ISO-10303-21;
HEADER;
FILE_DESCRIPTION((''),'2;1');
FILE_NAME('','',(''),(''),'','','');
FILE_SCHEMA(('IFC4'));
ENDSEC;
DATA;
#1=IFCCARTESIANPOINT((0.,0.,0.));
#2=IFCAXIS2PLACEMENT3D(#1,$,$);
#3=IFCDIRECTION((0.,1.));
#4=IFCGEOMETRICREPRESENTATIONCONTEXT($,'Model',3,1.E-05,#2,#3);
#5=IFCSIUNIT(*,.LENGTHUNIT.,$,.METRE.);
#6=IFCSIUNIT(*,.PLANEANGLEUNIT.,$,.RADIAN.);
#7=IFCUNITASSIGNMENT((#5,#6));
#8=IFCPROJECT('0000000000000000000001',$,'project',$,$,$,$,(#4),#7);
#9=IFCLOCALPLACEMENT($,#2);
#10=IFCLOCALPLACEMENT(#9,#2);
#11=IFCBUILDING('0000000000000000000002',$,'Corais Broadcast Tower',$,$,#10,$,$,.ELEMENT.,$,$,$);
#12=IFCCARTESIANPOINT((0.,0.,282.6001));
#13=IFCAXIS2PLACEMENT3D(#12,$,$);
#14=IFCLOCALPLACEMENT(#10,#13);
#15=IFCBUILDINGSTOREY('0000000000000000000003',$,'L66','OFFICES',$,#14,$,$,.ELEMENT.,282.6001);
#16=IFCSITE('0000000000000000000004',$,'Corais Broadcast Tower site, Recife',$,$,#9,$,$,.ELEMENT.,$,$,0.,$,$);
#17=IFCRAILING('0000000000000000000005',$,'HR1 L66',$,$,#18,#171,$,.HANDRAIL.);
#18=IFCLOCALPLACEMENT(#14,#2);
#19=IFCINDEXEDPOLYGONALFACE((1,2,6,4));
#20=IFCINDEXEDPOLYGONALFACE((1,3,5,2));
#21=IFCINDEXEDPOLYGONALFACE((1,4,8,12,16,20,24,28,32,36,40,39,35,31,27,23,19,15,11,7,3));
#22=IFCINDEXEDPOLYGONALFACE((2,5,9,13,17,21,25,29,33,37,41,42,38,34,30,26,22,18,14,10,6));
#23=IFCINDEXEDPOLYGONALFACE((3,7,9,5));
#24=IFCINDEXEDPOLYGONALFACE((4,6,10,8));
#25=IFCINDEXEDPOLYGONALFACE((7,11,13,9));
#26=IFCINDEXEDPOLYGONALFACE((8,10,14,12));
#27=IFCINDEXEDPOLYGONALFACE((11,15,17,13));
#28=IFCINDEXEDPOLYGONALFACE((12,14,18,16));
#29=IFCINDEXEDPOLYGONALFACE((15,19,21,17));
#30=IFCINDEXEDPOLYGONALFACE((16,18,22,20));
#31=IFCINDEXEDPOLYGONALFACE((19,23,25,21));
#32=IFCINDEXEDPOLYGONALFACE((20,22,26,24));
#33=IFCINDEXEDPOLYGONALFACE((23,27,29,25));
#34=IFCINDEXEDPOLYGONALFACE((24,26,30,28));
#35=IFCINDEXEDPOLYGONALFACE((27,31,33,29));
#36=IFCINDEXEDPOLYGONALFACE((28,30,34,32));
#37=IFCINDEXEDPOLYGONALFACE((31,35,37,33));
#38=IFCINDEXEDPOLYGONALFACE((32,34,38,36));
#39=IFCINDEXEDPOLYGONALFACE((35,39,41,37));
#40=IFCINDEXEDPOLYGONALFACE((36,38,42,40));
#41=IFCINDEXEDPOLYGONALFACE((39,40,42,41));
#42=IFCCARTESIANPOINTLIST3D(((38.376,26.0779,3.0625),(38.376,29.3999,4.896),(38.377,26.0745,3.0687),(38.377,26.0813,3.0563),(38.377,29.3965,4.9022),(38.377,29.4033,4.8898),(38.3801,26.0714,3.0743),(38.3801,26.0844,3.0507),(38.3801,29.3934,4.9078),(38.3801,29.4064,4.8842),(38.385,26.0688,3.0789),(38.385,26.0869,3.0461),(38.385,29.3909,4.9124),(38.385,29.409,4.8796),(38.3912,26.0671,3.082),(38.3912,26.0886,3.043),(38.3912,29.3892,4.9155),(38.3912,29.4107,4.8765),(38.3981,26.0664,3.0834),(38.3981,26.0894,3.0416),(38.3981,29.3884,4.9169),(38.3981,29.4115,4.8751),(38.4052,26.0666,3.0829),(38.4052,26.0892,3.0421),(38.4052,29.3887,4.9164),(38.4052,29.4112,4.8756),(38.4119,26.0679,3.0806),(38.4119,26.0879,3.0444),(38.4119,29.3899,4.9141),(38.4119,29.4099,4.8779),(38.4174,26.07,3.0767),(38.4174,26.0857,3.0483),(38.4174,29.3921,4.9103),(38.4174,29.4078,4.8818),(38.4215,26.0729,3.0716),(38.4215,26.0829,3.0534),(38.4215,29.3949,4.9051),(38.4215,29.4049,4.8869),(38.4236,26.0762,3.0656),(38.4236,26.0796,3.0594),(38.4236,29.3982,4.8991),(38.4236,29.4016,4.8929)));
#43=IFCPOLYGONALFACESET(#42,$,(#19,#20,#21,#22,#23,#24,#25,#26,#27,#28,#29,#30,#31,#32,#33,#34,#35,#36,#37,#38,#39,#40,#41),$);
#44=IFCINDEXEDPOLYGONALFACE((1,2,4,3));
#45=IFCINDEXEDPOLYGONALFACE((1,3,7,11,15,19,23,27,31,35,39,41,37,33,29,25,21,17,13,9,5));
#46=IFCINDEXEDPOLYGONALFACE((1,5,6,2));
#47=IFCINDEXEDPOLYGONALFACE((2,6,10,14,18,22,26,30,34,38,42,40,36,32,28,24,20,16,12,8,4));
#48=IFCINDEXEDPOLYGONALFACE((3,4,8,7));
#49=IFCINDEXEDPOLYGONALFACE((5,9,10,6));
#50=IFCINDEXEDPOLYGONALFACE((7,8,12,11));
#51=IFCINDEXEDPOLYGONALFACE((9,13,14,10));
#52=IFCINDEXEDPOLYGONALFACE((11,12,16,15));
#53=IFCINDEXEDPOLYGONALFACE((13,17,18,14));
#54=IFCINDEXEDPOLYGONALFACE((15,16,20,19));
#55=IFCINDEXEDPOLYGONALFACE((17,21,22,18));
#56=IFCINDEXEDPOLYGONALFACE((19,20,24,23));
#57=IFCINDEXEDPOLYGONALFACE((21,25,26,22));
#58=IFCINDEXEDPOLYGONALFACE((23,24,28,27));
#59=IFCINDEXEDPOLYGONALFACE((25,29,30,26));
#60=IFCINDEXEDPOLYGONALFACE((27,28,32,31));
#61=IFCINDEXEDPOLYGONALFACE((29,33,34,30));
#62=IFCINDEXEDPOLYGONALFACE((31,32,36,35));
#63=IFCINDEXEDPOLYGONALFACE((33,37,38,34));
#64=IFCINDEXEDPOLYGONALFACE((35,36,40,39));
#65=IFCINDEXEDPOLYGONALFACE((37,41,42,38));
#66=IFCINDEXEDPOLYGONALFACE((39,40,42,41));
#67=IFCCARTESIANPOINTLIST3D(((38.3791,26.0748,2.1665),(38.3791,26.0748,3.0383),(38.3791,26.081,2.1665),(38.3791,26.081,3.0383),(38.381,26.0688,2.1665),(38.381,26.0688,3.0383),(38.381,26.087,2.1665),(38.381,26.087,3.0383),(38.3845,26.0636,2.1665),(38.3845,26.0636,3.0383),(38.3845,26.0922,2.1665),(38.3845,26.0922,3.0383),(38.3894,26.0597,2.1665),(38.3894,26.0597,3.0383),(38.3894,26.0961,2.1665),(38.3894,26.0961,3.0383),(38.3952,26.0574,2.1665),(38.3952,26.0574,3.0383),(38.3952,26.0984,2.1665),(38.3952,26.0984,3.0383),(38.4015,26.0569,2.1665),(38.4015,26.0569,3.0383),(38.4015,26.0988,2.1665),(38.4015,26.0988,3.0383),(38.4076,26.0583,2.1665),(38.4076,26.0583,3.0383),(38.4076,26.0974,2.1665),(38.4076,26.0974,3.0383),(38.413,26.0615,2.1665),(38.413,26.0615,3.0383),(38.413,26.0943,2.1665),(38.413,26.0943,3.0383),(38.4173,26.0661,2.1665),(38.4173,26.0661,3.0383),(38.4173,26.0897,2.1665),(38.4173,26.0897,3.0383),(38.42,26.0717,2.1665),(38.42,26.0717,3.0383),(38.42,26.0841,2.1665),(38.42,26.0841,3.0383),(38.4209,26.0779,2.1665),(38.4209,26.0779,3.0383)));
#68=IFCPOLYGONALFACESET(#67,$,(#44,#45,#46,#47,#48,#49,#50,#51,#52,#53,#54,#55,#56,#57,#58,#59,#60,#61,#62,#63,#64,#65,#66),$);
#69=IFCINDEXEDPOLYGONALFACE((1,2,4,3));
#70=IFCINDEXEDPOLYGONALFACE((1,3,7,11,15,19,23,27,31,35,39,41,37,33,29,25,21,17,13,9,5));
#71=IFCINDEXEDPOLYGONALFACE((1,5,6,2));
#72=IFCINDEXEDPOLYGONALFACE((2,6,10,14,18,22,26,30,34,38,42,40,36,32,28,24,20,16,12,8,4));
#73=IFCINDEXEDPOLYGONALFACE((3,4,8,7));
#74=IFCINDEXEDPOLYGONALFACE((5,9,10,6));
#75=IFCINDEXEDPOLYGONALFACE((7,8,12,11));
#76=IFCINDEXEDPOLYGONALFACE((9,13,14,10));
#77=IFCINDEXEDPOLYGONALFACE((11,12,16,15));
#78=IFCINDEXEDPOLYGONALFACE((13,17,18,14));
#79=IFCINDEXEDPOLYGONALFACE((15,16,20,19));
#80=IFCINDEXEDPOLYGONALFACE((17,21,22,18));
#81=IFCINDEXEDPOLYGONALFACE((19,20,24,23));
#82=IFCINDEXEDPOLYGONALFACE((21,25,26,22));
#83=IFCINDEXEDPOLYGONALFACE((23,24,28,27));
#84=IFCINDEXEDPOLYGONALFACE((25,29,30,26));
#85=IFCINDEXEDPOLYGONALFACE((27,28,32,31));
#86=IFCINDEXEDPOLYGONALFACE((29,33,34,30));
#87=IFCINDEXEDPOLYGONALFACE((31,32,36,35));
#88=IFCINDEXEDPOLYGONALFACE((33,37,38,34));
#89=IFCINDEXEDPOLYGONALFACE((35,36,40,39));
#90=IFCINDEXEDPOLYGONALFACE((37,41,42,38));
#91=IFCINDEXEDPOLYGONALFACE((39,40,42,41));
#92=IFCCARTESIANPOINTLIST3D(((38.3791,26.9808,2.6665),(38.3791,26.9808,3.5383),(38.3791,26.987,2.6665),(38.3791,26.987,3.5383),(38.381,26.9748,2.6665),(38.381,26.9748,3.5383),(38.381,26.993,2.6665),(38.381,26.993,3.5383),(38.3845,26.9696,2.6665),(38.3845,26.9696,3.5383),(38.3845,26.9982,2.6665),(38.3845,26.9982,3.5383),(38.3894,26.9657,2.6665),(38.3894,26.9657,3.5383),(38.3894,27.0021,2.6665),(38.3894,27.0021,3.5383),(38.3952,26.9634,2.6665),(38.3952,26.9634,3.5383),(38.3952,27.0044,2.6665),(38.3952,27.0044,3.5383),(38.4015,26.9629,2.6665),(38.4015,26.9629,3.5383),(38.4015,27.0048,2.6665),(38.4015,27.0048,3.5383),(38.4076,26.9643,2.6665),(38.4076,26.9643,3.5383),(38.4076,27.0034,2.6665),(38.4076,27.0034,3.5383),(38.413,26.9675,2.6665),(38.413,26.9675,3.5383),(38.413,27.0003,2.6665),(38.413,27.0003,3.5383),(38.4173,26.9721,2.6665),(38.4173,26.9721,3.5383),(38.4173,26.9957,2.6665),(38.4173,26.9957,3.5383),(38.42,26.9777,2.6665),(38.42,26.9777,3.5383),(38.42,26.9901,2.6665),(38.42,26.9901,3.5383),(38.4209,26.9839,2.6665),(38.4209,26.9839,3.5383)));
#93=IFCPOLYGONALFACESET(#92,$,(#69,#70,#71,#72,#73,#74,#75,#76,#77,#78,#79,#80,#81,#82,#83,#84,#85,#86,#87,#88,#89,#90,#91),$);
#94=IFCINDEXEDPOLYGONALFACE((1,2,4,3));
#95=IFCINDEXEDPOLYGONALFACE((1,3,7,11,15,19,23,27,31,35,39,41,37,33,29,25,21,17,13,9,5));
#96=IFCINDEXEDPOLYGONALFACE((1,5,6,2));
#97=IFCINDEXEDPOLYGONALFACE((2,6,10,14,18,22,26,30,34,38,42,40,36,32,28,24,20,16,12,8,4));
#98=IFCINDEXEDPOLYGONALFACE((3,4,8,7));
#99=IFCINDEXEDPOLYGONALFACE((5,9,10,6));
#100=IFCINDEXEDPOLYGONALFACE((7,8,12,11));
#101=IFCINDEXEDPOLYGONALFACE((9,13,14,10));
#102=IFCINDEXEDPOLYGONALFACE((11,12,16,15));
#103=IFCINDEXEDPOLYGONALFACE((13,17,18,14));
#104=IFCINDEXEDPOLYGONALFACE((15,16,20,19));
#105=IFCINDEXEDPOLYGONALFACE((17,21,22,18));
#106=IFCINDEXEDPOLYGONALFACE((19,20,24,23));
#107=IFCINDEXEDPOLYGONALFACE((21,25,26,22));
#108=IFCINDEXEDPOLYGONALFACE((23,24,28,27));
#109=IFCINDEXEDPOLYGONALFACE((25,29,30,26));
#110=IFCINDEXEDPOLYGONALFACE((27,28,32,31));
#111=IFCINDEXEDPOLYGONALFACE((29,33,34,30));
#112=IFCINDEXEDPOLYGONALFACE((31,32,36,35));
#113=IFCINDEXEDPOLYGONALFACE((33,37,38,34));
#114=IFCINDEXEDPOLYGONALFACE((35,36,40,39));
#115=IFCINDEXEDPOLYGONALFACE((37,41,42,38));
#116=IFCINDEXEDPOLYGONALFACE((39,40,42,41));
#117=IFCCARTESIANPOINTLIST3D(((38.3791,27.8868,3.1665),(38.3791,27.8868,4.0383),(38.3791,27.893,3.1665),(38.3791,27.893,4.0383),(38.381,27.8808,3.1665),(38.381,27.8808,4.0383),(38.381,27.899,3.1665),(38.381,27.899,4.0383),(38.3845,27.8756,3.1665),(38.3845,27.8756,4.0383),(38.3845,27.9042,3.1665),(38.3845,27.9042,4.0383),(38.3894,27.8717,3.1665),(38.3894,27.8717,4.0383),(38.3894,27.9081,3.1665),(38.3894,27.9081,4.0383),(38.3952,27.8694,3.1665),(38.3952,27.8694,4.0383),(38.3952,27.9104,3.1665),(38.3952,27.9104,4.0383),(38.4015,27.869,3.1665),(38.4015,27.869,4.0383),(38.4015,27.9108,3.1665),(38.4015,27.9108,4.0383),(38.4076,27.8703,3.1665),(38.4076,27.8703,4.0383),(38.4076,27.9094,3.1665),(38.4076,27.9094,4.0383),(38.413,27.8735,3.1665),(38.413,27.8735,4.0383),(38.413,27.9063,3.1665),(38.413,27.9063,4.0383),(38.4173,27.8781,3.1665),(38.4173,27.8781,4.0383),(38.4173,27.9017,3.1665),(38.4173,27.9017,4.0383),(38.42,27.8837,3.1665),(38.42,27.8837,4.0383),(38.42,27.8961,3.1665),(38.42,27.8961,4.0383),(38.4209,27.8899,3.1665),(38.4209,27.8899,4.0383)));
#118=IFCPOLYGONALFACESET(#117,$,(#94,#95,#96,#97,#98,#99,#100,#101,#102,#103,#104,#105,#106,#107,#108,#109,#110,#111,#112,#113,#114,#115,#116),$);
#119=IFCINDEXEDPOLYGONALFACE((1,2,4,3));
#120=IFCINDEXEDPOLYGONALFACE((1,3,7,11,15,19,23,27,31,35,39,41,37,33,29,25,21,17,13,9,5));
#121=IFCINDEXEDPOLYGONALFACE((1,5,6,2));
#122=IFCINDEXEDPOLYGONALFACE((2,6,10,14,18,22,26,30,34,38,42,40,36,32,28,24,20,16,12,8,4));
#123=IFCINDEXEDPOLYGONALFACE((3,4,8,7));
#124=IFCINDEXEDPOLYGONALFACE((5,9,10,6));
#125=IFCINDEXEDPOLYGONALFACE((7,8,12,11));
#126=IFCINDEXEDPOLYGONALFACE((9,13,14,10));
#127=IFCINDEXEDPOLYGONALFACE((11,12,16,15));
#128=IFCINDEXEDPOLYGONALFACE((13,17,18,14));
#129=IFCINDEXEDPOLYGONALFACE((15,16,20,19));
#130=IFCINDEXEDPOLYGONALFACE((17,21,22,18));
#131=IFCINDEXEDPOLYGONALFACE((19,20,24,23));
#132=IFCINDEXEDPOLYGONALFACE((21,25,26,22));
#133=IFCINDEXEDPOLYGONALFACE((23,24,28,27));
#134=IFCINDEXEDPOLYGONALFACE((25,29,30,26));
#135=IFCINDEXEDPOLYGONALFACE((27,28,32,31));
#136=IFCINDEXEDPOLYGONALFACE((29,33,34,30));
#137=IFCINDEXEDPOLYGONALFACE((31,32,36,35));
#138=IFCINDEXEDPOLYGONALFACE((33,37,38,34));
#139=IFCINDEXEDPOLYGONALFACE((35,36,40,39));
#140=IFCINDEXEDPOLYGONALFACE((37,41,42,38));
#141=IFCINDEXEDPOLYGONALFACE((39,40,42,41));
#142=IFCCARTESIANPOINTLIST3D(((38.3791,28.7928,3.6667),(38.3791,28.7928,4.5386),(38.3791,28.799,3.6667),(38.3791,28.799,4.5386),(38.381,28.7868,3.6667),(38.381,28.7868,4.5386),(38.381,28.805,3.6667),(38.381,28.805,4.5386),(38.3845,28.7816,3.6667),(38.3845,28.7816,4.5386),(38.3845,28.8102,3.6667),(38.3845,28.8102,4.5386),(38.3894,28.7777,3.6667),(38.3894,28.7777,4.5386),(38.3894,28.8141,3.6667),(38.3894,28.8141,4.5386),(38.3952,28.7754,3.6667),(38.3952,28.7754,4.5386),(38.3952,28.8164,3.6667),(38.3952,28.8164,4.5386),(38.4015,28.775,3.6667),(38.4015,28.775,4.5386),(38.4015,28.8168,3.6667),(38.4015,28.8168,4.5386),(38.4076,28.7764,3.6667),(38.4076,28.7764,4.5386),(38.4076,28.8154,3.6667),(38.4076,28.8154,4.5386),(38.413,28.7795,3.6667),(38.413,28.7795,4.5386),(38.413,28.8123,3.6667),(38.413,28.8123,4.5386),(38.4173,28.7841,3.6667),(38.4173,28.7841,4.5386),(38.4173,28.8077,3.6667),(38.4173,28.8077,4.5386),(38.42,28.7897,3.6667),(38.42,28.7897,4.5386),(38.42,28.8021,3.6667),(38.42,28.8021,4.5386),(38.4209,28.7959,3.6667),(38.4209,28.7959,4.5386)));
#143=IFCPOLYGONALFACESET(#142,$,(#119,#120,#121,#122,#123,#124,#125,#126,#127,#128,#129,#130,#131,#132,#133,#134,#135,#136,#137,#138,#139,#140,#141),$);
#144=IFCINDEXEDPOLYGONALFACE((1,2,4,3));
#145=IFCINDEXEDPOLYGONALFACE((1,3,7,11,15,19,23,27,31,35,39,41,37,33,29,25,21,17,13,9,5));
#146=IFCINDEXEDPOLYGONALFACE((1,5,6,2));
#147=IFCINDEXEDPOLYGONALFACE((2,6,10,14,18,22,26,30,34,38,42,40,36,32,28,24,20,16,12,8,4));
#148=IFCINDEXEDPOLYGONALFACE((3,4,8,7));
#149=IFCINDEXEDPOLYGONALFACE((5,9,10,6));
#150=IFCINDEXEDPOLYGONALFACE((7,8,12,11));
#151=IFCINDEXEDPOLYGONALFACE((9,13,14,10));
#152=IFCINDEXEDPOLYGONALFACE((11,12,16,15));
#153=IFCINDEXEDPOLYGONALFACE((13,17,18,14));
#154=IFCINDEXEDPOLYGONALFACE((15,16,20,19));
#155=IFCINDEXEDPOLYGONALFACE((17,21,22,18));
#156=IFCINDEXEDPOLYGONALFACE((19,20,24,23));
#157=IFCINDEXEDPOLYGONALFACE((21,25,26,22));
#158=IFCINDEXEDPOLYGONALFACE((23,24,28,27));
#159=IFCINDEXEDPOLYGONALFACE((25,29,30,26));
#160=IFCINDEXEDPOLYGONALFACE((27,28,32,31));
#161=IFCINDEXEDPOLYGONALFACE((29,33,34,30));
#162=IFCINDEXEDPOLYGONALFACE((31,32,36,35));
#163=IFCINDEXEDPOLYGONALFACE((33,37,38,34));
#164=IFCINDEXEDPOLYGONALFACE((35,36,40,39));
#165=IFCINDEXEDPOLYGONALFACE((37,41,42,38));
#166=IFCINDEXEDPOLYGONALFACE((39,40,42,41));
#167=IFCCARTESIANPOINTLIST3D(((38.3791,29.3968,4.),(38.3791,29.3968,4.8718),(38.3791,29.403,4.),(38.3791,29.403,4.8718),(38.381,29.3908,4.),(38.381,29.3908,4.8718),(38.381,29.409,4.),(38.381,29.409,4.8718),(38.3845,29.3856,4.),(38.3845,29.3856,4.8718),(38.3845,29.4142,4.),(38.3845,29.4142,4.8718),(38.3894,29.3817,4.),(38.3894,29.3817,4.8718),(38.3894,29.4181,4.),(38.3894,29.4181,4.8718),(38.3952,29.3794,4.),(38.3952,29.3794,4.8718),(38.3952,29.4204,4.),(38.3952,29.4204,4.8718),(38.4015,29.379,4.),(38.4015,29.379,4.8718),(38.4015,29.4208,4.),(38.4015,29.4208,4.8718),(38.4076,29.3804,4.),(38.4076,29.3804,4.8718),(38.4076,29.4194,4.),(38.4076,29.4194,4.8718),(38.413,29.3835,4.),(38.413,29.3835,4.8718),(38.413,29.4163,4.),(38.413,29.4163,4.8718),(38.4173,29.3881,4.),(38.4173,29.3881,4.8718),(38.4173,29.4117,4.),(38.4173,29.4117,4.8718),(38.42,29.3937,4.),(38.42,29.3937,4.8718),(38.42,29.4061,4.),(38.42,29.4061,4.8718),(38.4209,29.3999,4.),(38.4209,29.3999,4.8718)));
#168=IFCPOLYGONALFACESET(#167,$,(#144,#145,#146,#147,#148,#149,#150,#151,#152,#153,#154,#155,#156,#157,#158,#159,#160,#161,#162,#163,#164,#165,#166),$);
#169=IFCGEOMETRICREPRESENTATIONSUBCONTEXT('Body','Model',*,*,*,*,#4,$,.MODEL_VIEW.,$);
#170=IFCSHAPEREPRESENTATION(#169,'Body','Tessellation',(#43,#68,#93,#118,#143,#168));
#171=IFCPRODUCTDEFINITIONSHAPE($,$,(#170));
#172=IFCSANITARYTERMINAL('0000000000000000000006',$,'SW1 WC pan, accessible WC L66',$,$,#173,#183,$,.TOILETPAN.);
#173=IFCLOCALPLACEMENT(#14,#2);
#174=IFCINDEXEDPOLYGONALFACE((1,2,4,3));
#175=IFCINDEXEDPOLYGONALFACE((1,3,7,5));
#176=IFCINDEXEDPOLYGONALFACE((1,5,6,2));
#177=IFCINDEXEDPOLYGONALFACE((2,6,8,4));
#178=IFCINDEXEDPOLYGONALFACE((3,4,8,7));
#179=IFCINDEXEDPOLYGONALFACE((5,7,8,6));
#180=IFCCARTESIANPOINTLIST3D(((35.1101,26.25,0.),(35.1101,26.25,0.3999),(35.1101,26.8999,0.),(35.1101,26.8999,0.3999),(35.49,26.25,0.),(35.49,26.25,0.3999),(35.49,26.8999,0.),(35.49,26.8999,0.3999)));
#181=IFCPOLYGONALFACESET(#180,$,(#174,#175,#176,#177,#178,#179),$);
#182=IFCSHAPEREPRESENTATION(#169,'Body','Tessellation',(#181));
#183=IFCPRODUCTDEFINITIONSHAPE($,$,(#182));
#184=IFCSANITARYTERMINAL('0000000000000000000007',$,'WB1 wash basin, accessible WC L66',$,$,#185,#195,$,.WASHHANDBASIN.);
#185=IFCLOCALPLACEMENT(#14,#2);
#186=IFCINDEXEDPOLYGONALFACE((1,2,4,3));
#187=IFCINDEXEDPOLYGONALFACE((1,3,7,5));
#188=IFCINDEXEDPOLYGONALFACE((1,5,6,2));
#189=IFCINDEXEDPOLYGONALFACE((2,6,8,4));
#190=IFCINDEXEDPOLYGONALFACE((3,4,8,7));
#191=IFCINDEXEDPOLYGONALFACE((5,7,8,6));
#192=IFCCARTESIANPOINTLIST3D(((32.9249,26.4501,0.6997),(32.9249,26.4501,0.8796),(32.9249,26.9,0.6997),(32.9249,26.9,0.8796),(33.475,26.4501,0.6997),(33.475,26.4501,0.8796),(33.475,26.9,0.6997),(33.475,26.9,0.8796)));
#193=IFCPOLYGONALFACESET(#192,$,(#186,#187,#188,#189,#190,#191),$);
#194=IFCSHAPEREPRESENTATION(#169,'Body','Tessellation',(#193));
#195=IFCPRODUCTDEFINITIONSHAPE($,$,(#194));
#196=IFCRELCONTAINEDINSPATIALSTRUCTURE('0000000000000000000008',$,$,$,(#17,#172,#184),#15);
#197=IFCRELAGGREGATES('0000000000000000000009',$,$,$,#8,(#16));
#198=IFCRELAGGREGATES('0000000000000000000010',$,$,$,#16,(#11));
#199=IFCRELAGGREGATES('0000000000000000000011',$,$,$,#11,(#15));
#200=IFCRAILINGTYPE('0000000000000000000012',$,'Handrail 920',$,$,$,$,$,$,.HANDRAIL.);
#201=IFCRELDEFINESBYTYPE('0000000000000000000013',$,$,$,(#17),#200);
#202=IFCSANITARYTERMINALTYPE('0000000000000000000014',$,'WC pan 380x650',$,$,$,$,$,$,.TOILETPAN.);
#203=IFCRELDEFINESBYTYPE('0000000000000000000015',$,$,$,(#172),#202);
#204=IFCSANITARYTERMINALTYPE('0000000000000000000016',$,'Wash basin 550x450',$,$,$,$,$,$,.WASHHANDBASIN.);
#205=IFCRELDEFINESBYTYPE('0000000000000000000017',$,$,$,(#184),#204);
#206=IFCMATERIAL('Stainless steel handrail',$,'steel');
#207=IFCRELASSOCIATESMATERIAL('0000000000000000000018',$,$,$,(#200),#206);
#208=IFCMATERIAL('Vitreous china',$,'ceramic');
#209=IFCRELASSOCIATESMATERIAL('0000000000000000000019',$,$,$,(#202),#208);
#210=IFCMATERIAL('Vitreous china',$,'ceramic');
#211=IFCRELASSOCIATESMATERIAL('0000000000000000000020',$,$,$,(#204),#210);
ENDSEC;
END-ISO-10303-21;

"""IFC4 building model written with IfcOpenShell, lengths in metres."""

from ifc_helpers import new_model, si_unit, direction, frame, origin, origin_2d, place, context, subcontext, project, spatial, rectangle, circle, extrude, material, type_object, element, save


model = new_model("IFC4")

# Units and contexts
model_context = context("Model", 3, precision=1e-05, world=origin(), true_north=direction((0.0, 1.0)))
body_context = subcontext(model_context, "Body", "Model", "MODEL_VIEW")
ifc_project = project(units=[si_unit("LENGTHUNIT", "METRE"), si_unit("PLANEANGLEUNIT", "RADIAN")], contexts=[model_context])

# Site, building, storey
site_placement = place(None, origin())
site = spatial("IfcSite", under=ifc_project, at=site_placement, Name="Corais Broadcast Tower site, Recife", CompositionType="ELEMENT", RefElevation=0.0)
building_placement = place(site_placement, origin())
building = spatial("IfcBuilding", under=site, at=building_placement, Name="Corais Broadcast Tower", CompositionType="ELEMENT")
storey_placement = place(building_placement, frame((0.0, 0.0, 282.6001)))
storey = spatial("IfcBuildingStorey", under=building, at=storey_placement, Name="L66", Description="OFFICES", CompositionType="ELEMENT", Elevation=282.6001)

# Railing
ifc_material_1 = material(Name="Stainless steel handrail", Category="steel")
railing_type = type_object("IfcRailingType", Name="Handrail 920", PredefinedType="HANDRAIL", material=ifc_material_1)
for number, where, name in (
    (1, (38.3999, 26.0779, 2.1665), "HR1 L66"),
):
    element("IfcRailing", number, at=place(storey_placement, frame(where)), inside=storey, type_object=railing_type, Name=name, PredefinedType="HANDRAIL", context=body_context, shape_type="SweptSolid", body=[
        extrude(circle(Radius=0.0239, at=origin_2d()), frame((0.0, 0.0, 0.896), z_axis=(0.0, 0.875504, 0.48321), x_axis=(-1.0, 0.0, 0.0)), (0.0, 0.0, 1.0), 3.7944),
        extrude(circle(Radius=0.021, at=origin_2d()), origin(), (0.0, 0.0, 1.0), 0.8718),
        extrude(circle(Radius=0.021, at=origin_2d()), frame((0.0, 0.906, 0.5)), (0.0, 0.0, 1.0), 0.8718),
        extrude(circle(Radius=0.021, at=origin_2d()), frame((0.0, 1.812, 1.0)), (0.0, 0.0, 1.0), 0.8718),
        extrude(circle(Radius=0.021, at=origin_2d()), frame((0.0, 2.718, 1.5002)), (0.0, 0.0, 1.0), 0.8718),
        extrude(circle(Radius=0.021, at=origin_2d()), frame((0.0, 3.322, 1.8335)), (0.0, 0.0, 1.0), 0.8718),
    ])

# Sanitary terminals
ifc_material_2 = material(Name="Vitreous china", Category="ceramic")
sanitary_terminal_type_1 = type_object("IfcSanitaryTerminalType", Name="WC pan 380x650", PredefinedType="TOILETPAN", material=ifc_material_2)
sanitary_terminal_1_placement = place(storey_placement, frame((35.3, 26.575, 0.0), z_axis=(0.0, 0.0, 1.0), x_axis=(1.0, 0.0, 0.0)))
element("IfcSanitaryTerminal", 2, at=sanitary_terminal_1_placement, inside=storey, type_object=sanitary_terminal_type_1, Name="SW1 WC pan, accessible WC L66", PredefinedType="TOILETPAN", context=body_context, shape_type="SweptSolid", body=[
    extrude(rectangle(XDim=0.3799, YDim=0.6499, at=origin_2d()), origin(), (0.0, 0.0, 1.0), 0.3999),
])
ifc_material_3 = material(Name="Vitreous china", Category="ceramic")
sanitary_terminal_type_2 = type_object("IfcSanitaryTerminalType", Name="Wash basin 550x450", PredefinedType="WASHHANDBASIN", material=ifc_material_3)
sanitary_terminal_2_placement = place(storey_placement, frame((33.2, 26.675, 0.6997), z_axis=(0.0, 0.0, 1.0), x_axis=(1.0, 0.0, 0.0)))
element("IfcSanitaryTerminal", 3, at=sanitary_terminal_2_placement, inside=storey, type_object=sanitary_terminal_type_2, Name="WB1 wash basin, accessible WC L66", PredefinedType="WASHHANDBASIN", context=body_context, shape_type="SweptSolid", body=[
    extrude(rectangle(XDim=0.55, YDim=0.45, at=origin_2d()), origin(), (0.0, 0.0, 1.0), 0.1799),
])

save(model, "model.ifc")
